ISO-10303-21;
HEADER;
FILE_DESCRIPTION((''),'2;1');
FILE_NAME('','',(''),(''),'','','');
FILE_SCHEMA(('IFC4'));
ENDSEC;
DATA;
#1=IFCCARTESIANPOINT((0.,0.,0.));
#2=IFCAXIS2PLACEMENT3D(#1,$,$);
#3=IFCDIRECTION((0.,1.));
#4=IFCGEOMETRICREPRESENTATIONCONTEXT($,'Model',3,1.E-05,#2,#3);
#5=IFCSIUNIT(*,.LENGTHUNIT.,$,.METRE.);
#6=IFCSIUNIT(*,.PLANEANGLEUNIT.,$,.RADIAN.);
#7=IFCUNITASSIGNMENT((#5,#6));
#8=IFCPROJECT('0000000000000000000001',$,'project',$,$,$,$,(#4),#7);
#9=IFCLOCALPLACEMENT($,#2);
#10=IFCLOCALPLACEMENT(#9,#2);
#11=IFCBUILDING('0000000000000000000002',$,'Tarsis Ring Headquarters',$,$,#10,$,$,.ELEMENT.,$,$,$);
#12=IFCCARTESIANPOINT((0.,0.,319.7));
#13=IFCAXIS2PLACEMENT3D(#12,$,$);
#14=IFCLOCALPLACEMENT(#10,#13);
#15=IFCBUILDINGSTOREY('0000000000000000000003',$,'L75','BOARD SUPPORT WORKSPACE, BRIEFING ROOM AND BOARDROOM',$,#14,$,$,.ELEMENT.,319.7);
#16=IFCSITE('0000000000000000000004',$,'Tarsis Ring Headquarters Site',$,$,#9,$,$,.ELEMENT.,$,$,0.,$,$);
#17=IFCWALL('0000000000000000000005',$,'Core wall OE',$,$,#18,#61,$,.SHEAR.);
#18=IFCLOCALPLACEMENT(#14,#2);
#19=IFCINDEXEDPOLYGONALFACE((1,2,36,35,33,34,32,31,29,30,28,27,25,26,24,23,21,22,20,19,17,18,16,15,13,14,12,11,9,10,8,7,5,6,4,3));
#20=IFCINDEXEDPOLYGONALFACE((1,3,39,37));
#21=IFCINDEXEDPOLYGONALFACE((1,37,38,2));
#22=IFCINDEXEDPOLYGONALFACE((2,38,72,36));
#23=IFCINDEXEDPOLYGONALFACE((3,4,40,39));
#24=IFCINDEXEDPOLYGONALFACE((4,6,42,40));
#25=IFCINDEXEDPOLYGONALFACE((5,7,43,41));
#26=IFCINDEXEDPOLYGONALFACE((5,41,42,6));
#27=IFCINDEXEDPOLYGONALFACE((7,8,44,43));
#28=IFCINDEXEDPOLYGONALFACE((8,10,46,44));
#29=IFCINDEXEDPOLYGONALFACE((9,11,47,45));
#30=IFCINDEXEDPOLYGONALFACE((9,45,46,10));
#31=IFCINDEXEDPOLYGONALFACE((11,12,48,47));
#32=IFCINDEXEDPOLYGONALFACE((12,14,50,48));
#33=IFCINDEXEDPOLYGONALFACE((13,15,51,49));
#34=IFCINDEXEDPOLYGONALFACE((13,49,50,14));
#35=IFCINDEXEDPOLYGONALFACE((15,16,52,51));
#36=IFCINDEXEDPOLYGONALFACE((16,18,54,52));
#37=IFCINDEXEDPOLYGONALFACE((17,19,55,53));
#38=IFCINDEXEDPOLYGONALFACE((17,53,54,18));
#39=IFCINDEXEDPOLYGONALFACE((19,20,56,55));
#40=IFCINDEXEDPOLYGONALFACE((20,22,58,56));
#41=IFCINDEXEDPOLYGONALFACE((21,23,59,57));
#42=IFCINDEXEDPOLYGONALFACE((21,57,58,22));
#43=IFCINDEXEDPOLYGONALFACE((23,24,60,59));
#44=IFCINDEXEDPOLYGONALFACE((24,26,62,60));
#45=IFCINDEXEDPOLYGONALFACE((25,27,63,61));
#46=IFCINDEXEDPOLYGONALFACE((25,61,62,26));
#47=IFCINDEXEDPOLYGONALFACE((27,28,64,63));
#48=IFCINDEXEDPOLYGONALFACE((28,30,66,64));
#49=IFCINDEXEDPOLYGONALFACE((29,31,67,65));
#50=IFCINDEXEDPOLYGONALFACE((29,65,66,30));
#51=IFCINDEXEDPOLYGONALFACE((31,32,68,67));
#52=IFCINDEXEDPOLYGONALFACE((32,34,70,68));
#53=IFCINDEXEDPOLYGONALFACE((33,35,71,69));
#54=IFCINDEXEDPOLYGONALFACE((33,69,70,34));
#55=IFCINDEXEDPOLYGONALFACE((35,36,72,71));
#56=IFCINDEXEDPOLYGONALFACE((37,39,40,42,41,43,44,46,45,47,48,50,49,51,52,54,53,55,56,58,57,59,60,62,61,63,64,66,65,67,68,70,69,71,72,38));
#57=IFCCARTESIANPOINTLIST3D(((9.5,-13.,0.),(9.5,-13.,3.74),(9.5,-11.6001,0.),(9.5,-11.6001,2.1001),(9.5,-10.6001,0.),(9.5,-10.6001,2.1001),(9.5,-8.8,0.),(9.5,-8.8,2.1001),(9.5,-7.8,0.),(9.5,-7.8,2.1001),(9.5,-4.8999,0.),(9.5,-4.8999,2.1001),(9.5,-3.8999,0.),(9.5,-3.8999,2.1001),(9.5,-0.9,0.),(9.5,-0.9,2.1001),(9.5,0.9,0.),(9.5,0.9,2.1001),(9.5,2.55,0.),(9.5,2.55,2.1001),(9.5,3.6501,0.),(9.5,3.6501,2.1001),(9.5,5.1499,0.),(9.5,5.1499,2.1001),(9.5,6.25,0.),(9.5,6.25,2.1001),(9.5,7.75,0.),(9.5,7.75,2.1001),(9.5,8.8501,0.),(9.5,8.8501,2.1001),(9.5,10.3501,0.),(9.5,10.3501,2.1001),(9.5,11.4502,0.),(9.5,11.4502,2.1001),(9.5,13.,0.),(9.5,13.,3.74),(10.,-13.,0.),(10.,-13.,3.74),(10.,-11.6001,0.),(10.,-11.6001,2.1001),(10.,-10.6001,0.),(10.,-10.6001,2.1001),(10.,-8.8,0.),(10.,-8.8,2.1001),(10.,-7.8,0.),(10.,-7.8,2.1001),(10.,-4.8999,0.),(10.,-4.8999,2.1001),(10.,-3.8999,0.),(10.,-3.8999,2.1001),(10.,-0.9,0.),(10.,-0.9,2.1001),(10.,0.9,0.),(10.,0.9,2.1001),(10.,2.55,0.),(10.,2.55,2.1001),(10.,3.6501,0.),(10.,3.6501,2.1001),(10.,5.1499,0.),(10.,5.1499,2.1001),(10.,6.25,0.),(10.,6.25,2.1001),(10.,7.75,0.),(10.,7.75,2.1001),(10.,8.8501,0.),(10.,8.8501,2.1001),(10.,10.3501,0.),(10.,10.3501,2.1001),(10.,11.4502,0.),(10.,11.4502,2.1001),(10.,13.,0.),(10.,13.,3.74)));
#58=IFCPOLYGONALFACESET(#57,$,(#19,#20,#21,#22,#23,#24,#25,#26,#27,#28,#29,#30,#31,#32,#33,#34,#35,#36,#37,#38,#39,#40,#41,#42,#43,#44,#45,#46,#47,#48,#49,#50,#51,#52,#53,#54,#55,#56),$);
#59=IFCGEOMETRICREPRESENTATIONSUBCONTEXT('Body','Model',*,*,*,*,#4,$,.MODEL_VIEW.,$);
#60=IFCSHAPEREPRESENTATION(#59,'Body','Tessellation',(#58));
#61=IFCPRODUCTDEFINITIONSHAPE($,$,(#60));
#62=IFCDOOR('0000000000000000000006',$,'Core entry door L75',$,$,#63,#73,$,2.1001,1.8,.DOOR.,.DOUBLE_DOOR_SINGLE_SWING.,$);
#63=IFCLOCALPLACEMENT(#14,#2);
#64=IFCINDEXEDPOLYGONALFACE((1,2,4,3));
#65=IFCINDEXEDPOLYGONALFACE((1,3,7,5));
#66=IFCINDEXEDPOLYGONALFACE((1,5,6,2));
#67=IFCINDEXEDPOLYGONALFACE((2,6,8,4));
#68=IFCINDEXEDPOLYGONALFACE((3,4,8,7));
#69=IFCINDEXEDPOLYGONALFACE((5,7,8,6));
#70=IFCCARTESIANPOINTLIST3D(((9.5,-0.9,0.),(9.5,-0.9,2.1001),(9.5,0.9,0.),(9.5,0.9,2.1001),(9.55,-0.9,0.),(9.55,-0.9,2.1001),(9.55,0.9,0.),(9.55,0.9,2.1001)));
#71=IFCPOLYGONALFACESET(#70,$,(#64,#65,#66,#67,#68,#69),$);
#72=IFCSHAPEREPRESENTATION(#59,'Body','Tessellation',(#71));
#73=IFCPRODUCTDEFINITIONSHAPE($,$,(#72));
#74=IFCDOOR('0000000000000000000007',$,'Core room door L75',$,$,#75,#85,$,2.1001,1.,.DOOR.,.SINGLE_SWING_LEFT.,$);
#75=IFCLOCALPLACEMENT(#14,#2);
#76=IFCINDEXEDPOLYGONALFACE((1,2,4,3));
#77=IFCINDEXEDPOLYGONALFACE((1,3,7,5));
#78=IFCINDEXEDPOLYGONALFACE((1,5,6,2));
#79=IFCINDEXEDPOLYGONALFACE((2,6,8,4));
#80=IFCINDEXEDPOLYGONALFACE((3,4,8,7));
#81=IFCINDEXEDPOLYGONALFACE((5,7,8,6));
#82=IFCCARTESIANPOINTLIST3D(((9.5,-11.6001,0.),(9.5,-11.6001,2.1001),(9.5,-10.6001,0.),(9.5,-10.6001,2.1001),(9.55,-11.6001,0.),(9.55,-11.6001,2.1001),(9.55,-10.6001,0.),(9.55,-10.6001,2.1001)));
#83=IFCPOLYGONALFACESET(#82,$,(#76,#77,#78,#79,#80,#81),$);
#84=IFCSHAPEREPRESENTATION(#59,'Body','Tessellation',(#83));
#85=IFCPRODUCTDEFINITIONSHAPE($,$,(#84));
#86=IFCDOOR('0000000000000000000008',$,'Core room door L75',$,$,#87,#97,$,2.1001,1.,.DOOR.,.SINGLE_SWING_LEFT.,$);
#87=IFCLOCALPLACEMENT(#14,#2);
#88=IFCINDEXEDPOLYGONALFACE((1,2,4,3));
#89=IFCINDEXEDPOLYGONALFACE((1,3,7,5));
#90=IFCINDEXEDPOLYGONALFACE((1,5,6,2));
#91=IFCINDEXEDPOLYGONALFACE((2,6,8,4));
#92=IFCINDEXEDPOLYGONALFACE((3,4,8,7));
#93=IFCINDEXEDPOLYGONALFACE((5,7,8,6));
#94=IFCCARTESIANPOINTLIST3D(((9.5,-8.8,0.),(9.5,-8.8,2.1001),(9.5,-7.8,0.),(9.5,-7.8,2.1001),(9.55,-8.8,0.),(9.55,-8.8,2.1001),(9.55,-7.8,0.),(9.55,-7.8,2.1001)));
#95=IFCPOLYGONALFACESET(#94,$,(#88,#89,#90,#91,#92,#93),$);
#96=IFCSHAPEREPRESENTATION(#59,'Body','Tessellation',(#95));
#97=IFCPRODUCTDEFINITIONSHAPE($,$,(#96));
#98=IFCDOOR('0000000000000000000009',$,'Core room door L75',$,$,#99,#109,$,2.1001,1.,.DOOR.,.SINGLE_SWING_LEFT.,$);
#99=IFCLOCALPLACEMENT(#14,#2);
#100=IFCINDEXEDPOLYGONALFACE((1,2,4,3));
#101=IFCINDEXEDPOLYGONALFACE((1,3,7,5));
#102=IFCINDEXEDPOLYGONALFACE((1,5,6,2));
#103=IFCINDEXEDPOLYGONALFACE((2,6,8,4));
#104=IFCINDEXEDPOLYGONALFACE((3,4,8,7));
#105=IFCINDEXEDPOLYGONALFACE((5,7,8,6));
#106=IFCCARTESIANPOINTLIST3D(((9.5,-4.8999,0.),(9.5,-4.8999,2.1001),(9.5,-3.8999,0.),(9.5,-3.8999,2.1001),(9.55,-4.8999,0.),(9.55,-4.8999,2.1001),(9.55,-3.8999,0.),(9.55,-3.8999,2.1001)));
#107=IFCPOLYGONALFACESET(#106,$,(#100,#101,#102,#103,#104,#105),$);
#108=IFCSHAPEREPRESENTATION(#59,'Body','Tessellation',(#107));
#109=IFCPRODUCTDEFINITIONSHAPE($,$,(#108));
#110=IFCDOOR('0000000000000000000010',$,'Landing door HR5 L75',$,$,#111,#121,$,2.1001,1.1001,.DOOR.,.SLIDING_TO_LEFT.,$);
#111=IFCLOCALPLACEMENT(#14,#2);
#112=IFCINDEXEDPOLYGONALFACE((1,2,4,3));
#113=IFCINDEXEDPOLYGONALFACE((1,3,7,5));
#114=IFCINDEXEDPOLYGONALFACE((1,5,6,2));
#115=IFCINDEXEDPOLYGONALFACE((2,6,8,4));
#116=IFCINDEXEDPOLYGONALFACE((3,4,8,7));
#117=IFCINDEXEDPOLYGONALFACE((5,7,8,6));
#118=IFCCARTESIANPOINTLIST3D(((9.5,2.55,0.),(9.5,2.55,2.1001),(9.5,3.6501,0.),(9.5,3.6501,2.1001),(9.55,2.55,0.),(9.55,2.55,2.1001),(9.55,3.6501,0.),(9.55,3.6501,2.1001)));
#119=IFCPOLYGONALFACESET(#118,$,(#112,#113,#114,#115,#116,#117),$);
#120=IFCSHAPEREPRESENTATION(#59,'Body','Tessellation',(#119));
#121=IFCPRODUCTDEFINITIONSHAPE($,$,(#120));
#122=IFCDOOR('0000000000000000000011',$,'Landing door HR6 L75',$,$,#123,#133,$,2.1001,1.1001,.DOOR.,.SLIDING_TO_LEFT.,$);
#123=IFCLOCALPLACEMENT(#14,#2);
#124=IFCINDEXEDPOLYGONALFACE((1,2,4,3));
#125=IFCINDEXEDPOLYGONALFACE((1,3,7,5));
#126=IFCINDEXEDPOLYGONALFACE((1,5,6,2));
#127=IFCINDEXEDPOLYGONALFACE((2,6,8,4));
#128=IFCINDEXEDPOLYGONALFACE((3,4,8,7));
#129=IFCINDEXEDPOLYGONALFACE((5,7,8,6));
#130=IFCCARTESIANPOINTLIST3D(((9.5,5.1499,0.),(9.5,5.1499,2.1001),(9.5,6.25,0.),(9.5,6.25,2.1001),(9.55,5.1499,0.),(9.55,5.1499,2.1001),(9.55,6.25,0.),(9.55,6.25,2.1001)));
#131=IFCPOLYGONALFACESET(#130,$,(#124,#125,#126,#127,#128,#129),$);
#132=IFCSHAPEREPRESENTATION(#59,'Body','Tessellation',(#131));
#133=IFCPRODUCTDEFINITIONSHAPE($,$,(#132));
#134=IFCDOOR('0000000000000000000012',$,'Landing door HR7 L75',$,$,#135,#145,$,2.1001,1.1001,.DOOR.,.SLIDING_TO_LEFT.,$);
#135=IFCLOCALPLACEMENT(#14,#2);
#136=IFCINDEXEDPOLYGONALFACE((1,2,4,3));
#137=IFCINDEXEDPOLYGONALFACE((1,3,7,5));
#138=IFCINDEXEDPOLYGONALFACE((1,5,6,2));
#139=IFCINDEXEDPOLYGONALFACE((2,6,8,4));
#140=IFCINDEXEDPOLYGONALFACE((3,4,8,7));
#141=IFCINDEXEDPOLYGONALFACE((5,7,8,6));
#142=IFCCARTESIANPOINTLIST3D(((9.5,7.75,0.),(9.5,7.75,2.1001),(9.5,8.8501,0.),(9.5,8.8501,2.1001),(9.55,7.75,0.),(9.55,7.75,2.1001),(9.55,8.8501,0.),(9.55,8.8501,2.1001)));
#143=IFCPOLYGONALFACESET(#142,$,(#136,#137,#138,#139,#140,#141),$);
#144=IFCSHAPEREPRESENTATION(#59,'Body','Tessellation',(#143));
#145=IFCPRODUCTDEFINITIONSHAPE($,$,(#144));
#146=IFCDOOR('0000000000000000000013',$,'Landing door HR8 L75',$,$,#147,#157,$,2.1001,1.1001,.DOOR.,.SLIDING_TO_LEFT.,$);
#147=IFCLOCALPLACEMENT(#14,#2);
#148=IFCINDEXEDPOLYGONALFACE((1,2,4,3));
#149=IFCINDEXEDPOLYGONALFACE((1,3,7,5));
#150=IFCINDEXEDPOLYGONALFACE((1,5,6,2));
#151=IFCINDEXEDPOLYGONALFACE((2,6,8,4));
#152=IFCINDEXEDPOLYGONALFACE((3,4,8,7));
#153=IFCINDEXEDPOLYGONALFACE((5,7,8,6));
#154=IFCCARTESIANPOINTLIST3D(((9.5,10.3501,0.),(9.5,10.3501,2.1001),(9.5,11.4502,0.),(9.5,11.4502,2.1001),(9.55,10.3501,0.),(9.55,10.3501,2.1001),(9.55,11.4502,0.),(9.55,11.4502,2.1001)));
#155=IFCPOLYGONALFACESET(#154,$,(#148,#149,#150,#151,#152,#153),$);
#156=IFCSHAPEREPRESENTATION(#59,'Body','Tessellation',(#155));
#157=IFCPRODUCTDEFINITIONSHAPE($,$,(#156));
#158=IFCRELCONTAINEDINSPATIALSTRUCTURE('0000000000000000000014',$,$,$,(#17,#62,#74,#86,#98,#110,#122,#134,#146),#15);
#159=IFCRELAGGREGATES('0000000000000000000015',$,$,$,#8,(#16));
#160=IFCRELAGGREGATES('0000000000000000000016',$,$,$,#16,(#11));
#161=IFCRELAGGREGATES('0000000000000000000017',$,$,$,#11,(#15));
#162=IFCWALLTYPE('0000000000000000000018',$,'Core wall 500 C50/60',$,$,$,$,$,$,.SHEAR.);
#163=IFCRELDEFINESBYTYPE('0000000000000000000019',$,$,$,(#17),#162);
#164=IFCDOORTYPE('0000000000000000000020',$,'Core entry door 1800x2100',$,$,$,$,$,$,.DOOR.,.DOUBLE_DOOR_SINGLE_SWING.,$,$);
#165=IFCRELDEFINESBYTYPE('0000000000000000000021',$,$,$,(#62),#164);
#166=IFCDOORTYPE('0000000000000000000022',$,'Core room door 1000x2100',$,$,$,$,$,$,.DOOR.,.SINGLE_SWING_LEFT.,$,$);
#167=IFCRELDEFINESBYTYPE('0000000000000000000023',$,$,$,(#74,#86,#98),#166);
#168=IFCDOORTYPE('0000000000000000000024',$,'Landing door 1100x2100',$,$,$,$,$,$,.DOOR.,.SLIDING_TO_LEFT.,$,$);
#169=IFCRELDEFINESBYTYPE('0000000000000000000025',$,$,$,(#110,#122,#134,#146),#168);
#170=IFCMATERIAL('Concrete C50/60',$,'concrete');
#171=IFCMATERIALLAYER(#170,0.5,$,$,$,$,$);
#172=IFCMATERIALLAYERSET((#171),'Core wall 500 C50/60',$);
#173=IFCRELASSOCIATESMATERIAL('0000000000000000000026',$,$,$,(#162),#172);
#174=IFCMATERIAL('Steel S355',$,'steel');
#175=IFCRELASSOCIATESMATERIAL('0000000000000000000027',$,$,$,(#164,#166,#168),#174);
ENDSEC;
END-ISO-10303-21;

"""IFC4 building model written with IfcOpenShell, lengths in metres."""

from ifc_helpers import new_model, si_unit, direction, frame, frame_2d, origin, place, context, subcontext, project, spatial, rectangle, extrude, material, layer, layer_set, type_object, element, fill, save


model = new_model("IFC4")

# Units and contexts
model_context = context("Model", 3, precision=1e-05, world=origin(), true_north=direction((0.0, 1.0)))
body_context = subcontext(model_context, "Body", "Model", "MODEL_VIEW")
ifc_project = project(units=[si_unit("LENGTHUNIT", "METRE"), si_unit("PLANEANGLEUNIT", "RADIAN")], contexts=[model_context])

# Site, building, storey
site_placement = place(None, origin())
site = spatial("IfcSite", under=ifc_project, at=site_placement, Name="Tarsis Ring Headquarters Site", CompositionType="ELEMENT", RefElevation=0.0)
building_placement = place(site_placement, origin())
building = spatial("IfcBuilding", under=site, at=building_placement, Name="Tarsis Ring Headquarters", CompositionType="ELEMENT")
storey_placement = place(building_placement, frame((0.0, 0.0, 319.7)))
storey = spatial("IfcBuildingStorey", under=building, at=storey_placement, Name="L75", Description="BOARD SUPPORT WORKSPACE, BRIEFING ROOM AND BOARDROOM", CompositionType="ELEMENT", Elevation=319.7)

# Wall, openings, doors
ifc_material_1 = material(Name="Concrete C50/60", Category="concrete")
ifc_layer_1 = layer(ifc_material_1, 0.5)
ifc_layer_set_1 = layer_set([ifc_layer_1], Name="Core wall 500 C50/60")
wall_type_1 = type_object("IfcWallType", Name="Core wall 500 C50/60", PredefinedType="SHEAR", material=ifc_layer_set_1)
wall_1_placement = place(storey_placement, frame((9.75, -13.0, 0.0), z_axis=(0.0, 0.0, 1.0), x_axis=(0.0, 1.0, 0.0)))
wall_1 = element("IfcWall", 1, at=wall_1_placement, inside=storey, type_object=wall_type_1, Name="Core wall OE", PredefinedType="SHEAR", context=body_context, shape_type="SweptSolid", body=[
    extrude(rectangle(XDim=26.0, YDim=0.5, at=frame_2d((13.0, 0.0))), origin(), (0.0, 0.0, 1.0), 3.74),
])
opening_1_placement = place(wall_1_placement, frame((1.3999, 0.0, 0.0)))
opening_1 = element("IfcOpeningElement", 2, at=opening_1_placement, cuts=wall_1, PredefinedType="OPENING", context=body_context, shape_type="SweptSolid", body=[
    extrude(rectangle(XDim=1.0, YDim=2.1001, at=frame_2d((0.5, 1.05))), frame((0.0, 0.26, 0.0), z_axis=(0.0, -1.0, 0.0), x_axis=(1.0, 0.0, 0.0)), (0.0, 0.0, 1.0), 0.52),
])
opening_2_placement = place(wall_1_placement, frame((4.2, 0.0, 0.0)))
opening_2 = element("IfcOpeningElement", 3, at=opening_2_placement, cuts=wall_1, PredefinedType="OPENING", context=body_context, shape_type="SweptSolid", body=[
    extrude(rectangle(XDim=1.0, YDim=2.1001, at=frame_2d((0.5, 1.05))), frame((0.0, 0.26, 0.0), z_axis=(0.0, -1.0, 0.0), x_axis=(1.0, 0.0, 0.0)), (0.0, 0.0, 1.0), 0.52),
])
opening_3_placement = place(wall_1_placement, frame((8.1001, 0.0, 0.0)))
opening_3 = element("IfcOpeningElement", 4, at=opening_3_placement, cuts=wall_1, PredefinedType="OPENING", context=body_context, shape_type="SweptSolid", body=[
    extrude(rectangle(XDim=1.0, YDim=2.1001, at=frame_2d((0.5, 1.05))), frame((0.0, 0.26, 0.0), z_axis=(0.0, -1.0, 0.0), x_axis=(1.0, 0.0, 0.0)), (0.0, 0.0, 1.0), 0.52),
])
opening_4_placement = place(wall_1_placement, frame((12.1001, 0.0, 0.0)))
opening_4 = element("IfcOpeningElement", 5, at=opening_4_placement, cuts=wall_1, PredefinedType="OPENING", context=body_context, shape_type="SweptSolid", body=[
    extrude(rectangle(XDim=1.8, YDim=2.1001, at=frame_2d((0.8999, 1.05))), frame((0.0, 0.26, 0.0), z_axis=(0.0, -1.0, 0.0), x_axis=(1.0, 0.0, 0.0)), (0.0, 0.0, 1.0), 0.52),
])
opening_5_placement = place(wall_1_placement, frame((15.55, 0.0, 0.0)))
opening_5 = element("IfcOpeningElement", 6, at=opening_5_placement, cuts=wall_1, PredefinedType="OPENING", context=body_context, shape_type="SweptSolid", body=[
    extrude(rectangle(XDim=1.1001, YDim=2.1001, at=frame_2d((0.55, 1.05))), frame((0.0, 0.26, 0.0), z_axis=(0.0, -1.0, 0.0), x_axis=(1.0, 0.0, 0.0)), (0.0, 0.0, 1.0), 0.52),
])
opening_6_placement = place(wall_1_placement, frame((18.1499, 0.0, 0.0)))
opening_6 = element("IfcOpeningElement", 7, at=opening_6_placement, cuts=wall_1, PredefinedType="OPENING", context=body_context, shape_type="SweptSolid", body=[
    extrude(rectangle(XDim=1.1001, YDim=2.1001, at=frame_2d((0.55, 1.05))), frame((0.0, 0.26, 0.0), z_axis=(0.0, -1.0, 0.0), x_axis=(1.0, 0.0, 0.0)), (0.0, 0.0, 1.0), 0.52),
])
opening_7_placement = place(wall_1_placement, frame((20.75, 0.0, 0.0)))
opening_7 = element("IfcOpeningElement", 8, at=opening_7_placement, cuts=wall_1, PredefinedType="OPENING", context=body_context, shape_type="SweptSolid", body=[
    extrude(rectangle(XDim=1.1001, YDim=2.1001, at=frame_2d((0.55, 1.05))), frame((0.0, 0.26, 0.0), z_axis=(0.0, -1.0, 0.0), x_axis=(1.0, 0.0, 0.0)), (0.0, 0.0, 1.0), 0.52),
])
opening_8_placement = place(wall_1_placement, frame((23.3501, 0.0, 0.0)))
opening_8 = element("IfcOpeningElement", 9, at=opening_8_placement, cuts=wall_1, PredefinedType="OPENING", context=body_context, shape_type="SweptSolid", body=[
    extrude(rectangle(XDim=1.1001, YDim=2.1001, at=frame_2d((0.55, 1.05))), frame((0.0, 0.26, 0.0), z_axis=(0.0, -1.0, 0.0), x_axis=(1.0, 0.0, 0.0)), (0.0, 0.0, 1.0), 0.52),
])
ifc_material_2 = material(Name="Steel S355", Category="steel")
door_type_1 = type_object("IfcDoorType", Name="Core entry door 1800x2100", OperationType="DOUBLE_DOOR_SINGLE_SWING", PredefinedType="DOOR", material=ifc_material_2)
door_1_placement = place(opening_4_placement, origin())
door_1 = element("IfcDoor", 10, at=door_1_placement, inside=storey, type_object=door_type_1, Name="Core entry door L75", OperationType="DOUBLE_DOOR_SINGLE_SWING", OverallHeight=2.1001, OverallWidth=1.8, PredefinedType="DOOR", context=body_context, shape_type="SweptSolid", body=[
    extrude(rectangle(XDim=1.8, YDim=2.1001, at=frame_2d((0.8999, 1.05))), frame((0.0, 0.25, 0.0), z_axis=(0.0, -1.0, 0.0), x_axis=(1.0, 0.0, 0.0)), (0.0, 0.0, 1.0), 0.05),
])
fill(opening_4, door_1)
door_type_2 = type_object("IfcDoorType", Name="Core room door 1000x2100", OperationType="SINGLE_SWING_LEFT", PredefinedType="DOOR", material=ifc_material_2)
door_2_placement = place(opening_1_placement, origin())
door_2 = element("IfcDoor", 11, at=door_2_placement, inside=storey, type_object=door_type_2, Name="Core room door L75", OperationType="SINGLE_SWING_LEFT", OverallHeight=2.1001, OverallWidth=1.0, PredefinedType="DOOR", context=body_context, shape_type="SweptSolid", body=[
    extrude(rectangle(XDim=1.0, YDim=2.1001, at=frame_2d((0.5, 1.05))), frame((0.0, 0.25, 0.0), z_axis=(0.0, -1.0, 0.0), x_axis=(1.0, 0.0, 0.0)), (0.0, 0.0, 1.0), 0.05),
])
fill(opening_1, door_2)
door_3_placement = place(opening_2_placement, origin())
door_3 = element("IfcDoor", 12, at=door_3_placement, inside=storey, type_object=door_type_2, Name="Core room door L75", OperationType="SINGLE_SWING_LEFT", OverallHeight=2.1001, OverallWidth=1.0, PredefinedType="DOOR", context=body_context, shape_type="SweptSolid", body=[
    extrude(rectangle(XDim=1.0, YDim=2.1001, at=frame_2d((0.5, 1.05))), frame((0.0, 0.25, 0.0), z_axis=(0.0, -1.0, 0.0), x_axis=(1.0, 0.0, 0.0)), (0.0, 0.0, 1.0), 0.05),
])
fill(opening_2, door_3)
door_4_placement = place(opening_3_placement, origin())
door_4 = element("IfcDoor", 13, at=door_4_placement, inside=storey, type_object=door_type_2, Name="Core room door L75", OperationType="SINGLE_SWING_LEFT", OverallHeight=2.1001, OverallWidth=1.0, PredefinedType="DOOR", context=body_context, shape_type="SweptSolid", body=[
    extrude(rectangle(XDim=1.0, YDim=2.1001, at=frame_2d((0.5, 1.05))), frame((0.0, 0.25, 0.0), z_axis=(0.0, -1.0, 0.0), x_axis=(1.0, 0.0, 0.0)), (0.0, 0.0, 1.0), 0.05),
])
fill(opening_3, door_4)
door_type_3 = type_object("IfcDoorType", Name="Landing door 1100x2100", OperationType="SLIDING_TO_LEFT", PredefinedType="DOOR", material=ifc_material_2)
door_5_placement = place(opening_5_placement, origin())
door_5 = element("IfcDoor", 14, at=door_5_placement, inside=storey, type_object=door_type_3, Name="Landing door HR5 L75", OperationType="SLIDING_TO_LEFT", OverallHeight=2.1001, OverallWidth=1.1001, PredefinedType="DOOR", context=body_context, shape_type="SweptSolid", body=[
    extrude(rectangle(XDim=1.1001, YDim=2.1001, at=frame_2d((0.55, 1.05))), frame((0.0, 0.25, 0.0), z_axis=(0.0, -1.0, 0.0), x_axis=(1.0, 0.0, 0.0)), (0.0, 0.0, 1.0), 0.05),
])
fill(opening_5, door_5)
door_6_placement = place(opening_6_placement, origin())
door_6 = element("IfcDoor", 15, at=door_6_placement, inside=storey, type_object=door_type_3, Name="Landing door HR6 L75", OperationType="SLIDING_TO_LEFT", OverallHeight=2.1001, OverallWidth=1.1001, PredefinedType="DOOR", context=body_context, shape_type="SweptSolid", body=[
    extrude(rectangle(XDim=1.1001, YDim=2.1001, at=frame_2d((0.55, 1.05))), frame((0.0, 0.25, 0.0), z_axis=(0.0, -1.0, 0.0), x_axis=(1.0, 0.0, 0.0)), (0.0, 0.0, 1.0), 0.05),
])
fill(opening_6, door_6)
door_7_placement = place(opening_7_placement, origin())
door_7 = element("IfcDoor", 16, at=door_7_placement, inside=storey, type_object=door_type_3, Name="Landing door HR7 L75", OperationType="SLIDING_TO_LEFT", OverallHeight=2.1001, OverallWidth=1.1001, PredefinedType="DOOR", context=body_context, shape_type="SweptSolid", body=[
    extrude(rectangle(XDim=1.1001, YDim=2.1001, at=frame_2d((0.55, 1.05))), frame((0.0, 0.25, 0.0), z_axis=(0.0, -1.0, 0.0), x_axis=(1.0, 0.0, 0.0)), (0.0, 0.0, 1.0), 0.05),
])
fill(opening_7, door_7)
door_8_placement = place(opening_8_placement, origin())
door_8 = element("IfcDoor", 17, at=door_8_placement, inside=storey, type_object=door_type_3, Name="Landing door HR8 L75", OperationType="SLIDING_TO_LEFT", OverallHeight=2.1001, OverallWidth=1.1001, PredefinedType="DOOR", context=body_context, shape_type="SweptSolid", body=[
    extrude(rectangle(XDim=1.1001, YDim=2.1001, at=frame_2d((0.55, 1.05))), frame((0.0, 0.25, 0.0), z_axis=(0.0, -1.0, 0.0), x_axis=(1.0, 0.0, 0.0)), (0.0, 0.0, 1.0), 0.05),
])
fill(opening_8, door_8)

save(model, "model.ifc")
